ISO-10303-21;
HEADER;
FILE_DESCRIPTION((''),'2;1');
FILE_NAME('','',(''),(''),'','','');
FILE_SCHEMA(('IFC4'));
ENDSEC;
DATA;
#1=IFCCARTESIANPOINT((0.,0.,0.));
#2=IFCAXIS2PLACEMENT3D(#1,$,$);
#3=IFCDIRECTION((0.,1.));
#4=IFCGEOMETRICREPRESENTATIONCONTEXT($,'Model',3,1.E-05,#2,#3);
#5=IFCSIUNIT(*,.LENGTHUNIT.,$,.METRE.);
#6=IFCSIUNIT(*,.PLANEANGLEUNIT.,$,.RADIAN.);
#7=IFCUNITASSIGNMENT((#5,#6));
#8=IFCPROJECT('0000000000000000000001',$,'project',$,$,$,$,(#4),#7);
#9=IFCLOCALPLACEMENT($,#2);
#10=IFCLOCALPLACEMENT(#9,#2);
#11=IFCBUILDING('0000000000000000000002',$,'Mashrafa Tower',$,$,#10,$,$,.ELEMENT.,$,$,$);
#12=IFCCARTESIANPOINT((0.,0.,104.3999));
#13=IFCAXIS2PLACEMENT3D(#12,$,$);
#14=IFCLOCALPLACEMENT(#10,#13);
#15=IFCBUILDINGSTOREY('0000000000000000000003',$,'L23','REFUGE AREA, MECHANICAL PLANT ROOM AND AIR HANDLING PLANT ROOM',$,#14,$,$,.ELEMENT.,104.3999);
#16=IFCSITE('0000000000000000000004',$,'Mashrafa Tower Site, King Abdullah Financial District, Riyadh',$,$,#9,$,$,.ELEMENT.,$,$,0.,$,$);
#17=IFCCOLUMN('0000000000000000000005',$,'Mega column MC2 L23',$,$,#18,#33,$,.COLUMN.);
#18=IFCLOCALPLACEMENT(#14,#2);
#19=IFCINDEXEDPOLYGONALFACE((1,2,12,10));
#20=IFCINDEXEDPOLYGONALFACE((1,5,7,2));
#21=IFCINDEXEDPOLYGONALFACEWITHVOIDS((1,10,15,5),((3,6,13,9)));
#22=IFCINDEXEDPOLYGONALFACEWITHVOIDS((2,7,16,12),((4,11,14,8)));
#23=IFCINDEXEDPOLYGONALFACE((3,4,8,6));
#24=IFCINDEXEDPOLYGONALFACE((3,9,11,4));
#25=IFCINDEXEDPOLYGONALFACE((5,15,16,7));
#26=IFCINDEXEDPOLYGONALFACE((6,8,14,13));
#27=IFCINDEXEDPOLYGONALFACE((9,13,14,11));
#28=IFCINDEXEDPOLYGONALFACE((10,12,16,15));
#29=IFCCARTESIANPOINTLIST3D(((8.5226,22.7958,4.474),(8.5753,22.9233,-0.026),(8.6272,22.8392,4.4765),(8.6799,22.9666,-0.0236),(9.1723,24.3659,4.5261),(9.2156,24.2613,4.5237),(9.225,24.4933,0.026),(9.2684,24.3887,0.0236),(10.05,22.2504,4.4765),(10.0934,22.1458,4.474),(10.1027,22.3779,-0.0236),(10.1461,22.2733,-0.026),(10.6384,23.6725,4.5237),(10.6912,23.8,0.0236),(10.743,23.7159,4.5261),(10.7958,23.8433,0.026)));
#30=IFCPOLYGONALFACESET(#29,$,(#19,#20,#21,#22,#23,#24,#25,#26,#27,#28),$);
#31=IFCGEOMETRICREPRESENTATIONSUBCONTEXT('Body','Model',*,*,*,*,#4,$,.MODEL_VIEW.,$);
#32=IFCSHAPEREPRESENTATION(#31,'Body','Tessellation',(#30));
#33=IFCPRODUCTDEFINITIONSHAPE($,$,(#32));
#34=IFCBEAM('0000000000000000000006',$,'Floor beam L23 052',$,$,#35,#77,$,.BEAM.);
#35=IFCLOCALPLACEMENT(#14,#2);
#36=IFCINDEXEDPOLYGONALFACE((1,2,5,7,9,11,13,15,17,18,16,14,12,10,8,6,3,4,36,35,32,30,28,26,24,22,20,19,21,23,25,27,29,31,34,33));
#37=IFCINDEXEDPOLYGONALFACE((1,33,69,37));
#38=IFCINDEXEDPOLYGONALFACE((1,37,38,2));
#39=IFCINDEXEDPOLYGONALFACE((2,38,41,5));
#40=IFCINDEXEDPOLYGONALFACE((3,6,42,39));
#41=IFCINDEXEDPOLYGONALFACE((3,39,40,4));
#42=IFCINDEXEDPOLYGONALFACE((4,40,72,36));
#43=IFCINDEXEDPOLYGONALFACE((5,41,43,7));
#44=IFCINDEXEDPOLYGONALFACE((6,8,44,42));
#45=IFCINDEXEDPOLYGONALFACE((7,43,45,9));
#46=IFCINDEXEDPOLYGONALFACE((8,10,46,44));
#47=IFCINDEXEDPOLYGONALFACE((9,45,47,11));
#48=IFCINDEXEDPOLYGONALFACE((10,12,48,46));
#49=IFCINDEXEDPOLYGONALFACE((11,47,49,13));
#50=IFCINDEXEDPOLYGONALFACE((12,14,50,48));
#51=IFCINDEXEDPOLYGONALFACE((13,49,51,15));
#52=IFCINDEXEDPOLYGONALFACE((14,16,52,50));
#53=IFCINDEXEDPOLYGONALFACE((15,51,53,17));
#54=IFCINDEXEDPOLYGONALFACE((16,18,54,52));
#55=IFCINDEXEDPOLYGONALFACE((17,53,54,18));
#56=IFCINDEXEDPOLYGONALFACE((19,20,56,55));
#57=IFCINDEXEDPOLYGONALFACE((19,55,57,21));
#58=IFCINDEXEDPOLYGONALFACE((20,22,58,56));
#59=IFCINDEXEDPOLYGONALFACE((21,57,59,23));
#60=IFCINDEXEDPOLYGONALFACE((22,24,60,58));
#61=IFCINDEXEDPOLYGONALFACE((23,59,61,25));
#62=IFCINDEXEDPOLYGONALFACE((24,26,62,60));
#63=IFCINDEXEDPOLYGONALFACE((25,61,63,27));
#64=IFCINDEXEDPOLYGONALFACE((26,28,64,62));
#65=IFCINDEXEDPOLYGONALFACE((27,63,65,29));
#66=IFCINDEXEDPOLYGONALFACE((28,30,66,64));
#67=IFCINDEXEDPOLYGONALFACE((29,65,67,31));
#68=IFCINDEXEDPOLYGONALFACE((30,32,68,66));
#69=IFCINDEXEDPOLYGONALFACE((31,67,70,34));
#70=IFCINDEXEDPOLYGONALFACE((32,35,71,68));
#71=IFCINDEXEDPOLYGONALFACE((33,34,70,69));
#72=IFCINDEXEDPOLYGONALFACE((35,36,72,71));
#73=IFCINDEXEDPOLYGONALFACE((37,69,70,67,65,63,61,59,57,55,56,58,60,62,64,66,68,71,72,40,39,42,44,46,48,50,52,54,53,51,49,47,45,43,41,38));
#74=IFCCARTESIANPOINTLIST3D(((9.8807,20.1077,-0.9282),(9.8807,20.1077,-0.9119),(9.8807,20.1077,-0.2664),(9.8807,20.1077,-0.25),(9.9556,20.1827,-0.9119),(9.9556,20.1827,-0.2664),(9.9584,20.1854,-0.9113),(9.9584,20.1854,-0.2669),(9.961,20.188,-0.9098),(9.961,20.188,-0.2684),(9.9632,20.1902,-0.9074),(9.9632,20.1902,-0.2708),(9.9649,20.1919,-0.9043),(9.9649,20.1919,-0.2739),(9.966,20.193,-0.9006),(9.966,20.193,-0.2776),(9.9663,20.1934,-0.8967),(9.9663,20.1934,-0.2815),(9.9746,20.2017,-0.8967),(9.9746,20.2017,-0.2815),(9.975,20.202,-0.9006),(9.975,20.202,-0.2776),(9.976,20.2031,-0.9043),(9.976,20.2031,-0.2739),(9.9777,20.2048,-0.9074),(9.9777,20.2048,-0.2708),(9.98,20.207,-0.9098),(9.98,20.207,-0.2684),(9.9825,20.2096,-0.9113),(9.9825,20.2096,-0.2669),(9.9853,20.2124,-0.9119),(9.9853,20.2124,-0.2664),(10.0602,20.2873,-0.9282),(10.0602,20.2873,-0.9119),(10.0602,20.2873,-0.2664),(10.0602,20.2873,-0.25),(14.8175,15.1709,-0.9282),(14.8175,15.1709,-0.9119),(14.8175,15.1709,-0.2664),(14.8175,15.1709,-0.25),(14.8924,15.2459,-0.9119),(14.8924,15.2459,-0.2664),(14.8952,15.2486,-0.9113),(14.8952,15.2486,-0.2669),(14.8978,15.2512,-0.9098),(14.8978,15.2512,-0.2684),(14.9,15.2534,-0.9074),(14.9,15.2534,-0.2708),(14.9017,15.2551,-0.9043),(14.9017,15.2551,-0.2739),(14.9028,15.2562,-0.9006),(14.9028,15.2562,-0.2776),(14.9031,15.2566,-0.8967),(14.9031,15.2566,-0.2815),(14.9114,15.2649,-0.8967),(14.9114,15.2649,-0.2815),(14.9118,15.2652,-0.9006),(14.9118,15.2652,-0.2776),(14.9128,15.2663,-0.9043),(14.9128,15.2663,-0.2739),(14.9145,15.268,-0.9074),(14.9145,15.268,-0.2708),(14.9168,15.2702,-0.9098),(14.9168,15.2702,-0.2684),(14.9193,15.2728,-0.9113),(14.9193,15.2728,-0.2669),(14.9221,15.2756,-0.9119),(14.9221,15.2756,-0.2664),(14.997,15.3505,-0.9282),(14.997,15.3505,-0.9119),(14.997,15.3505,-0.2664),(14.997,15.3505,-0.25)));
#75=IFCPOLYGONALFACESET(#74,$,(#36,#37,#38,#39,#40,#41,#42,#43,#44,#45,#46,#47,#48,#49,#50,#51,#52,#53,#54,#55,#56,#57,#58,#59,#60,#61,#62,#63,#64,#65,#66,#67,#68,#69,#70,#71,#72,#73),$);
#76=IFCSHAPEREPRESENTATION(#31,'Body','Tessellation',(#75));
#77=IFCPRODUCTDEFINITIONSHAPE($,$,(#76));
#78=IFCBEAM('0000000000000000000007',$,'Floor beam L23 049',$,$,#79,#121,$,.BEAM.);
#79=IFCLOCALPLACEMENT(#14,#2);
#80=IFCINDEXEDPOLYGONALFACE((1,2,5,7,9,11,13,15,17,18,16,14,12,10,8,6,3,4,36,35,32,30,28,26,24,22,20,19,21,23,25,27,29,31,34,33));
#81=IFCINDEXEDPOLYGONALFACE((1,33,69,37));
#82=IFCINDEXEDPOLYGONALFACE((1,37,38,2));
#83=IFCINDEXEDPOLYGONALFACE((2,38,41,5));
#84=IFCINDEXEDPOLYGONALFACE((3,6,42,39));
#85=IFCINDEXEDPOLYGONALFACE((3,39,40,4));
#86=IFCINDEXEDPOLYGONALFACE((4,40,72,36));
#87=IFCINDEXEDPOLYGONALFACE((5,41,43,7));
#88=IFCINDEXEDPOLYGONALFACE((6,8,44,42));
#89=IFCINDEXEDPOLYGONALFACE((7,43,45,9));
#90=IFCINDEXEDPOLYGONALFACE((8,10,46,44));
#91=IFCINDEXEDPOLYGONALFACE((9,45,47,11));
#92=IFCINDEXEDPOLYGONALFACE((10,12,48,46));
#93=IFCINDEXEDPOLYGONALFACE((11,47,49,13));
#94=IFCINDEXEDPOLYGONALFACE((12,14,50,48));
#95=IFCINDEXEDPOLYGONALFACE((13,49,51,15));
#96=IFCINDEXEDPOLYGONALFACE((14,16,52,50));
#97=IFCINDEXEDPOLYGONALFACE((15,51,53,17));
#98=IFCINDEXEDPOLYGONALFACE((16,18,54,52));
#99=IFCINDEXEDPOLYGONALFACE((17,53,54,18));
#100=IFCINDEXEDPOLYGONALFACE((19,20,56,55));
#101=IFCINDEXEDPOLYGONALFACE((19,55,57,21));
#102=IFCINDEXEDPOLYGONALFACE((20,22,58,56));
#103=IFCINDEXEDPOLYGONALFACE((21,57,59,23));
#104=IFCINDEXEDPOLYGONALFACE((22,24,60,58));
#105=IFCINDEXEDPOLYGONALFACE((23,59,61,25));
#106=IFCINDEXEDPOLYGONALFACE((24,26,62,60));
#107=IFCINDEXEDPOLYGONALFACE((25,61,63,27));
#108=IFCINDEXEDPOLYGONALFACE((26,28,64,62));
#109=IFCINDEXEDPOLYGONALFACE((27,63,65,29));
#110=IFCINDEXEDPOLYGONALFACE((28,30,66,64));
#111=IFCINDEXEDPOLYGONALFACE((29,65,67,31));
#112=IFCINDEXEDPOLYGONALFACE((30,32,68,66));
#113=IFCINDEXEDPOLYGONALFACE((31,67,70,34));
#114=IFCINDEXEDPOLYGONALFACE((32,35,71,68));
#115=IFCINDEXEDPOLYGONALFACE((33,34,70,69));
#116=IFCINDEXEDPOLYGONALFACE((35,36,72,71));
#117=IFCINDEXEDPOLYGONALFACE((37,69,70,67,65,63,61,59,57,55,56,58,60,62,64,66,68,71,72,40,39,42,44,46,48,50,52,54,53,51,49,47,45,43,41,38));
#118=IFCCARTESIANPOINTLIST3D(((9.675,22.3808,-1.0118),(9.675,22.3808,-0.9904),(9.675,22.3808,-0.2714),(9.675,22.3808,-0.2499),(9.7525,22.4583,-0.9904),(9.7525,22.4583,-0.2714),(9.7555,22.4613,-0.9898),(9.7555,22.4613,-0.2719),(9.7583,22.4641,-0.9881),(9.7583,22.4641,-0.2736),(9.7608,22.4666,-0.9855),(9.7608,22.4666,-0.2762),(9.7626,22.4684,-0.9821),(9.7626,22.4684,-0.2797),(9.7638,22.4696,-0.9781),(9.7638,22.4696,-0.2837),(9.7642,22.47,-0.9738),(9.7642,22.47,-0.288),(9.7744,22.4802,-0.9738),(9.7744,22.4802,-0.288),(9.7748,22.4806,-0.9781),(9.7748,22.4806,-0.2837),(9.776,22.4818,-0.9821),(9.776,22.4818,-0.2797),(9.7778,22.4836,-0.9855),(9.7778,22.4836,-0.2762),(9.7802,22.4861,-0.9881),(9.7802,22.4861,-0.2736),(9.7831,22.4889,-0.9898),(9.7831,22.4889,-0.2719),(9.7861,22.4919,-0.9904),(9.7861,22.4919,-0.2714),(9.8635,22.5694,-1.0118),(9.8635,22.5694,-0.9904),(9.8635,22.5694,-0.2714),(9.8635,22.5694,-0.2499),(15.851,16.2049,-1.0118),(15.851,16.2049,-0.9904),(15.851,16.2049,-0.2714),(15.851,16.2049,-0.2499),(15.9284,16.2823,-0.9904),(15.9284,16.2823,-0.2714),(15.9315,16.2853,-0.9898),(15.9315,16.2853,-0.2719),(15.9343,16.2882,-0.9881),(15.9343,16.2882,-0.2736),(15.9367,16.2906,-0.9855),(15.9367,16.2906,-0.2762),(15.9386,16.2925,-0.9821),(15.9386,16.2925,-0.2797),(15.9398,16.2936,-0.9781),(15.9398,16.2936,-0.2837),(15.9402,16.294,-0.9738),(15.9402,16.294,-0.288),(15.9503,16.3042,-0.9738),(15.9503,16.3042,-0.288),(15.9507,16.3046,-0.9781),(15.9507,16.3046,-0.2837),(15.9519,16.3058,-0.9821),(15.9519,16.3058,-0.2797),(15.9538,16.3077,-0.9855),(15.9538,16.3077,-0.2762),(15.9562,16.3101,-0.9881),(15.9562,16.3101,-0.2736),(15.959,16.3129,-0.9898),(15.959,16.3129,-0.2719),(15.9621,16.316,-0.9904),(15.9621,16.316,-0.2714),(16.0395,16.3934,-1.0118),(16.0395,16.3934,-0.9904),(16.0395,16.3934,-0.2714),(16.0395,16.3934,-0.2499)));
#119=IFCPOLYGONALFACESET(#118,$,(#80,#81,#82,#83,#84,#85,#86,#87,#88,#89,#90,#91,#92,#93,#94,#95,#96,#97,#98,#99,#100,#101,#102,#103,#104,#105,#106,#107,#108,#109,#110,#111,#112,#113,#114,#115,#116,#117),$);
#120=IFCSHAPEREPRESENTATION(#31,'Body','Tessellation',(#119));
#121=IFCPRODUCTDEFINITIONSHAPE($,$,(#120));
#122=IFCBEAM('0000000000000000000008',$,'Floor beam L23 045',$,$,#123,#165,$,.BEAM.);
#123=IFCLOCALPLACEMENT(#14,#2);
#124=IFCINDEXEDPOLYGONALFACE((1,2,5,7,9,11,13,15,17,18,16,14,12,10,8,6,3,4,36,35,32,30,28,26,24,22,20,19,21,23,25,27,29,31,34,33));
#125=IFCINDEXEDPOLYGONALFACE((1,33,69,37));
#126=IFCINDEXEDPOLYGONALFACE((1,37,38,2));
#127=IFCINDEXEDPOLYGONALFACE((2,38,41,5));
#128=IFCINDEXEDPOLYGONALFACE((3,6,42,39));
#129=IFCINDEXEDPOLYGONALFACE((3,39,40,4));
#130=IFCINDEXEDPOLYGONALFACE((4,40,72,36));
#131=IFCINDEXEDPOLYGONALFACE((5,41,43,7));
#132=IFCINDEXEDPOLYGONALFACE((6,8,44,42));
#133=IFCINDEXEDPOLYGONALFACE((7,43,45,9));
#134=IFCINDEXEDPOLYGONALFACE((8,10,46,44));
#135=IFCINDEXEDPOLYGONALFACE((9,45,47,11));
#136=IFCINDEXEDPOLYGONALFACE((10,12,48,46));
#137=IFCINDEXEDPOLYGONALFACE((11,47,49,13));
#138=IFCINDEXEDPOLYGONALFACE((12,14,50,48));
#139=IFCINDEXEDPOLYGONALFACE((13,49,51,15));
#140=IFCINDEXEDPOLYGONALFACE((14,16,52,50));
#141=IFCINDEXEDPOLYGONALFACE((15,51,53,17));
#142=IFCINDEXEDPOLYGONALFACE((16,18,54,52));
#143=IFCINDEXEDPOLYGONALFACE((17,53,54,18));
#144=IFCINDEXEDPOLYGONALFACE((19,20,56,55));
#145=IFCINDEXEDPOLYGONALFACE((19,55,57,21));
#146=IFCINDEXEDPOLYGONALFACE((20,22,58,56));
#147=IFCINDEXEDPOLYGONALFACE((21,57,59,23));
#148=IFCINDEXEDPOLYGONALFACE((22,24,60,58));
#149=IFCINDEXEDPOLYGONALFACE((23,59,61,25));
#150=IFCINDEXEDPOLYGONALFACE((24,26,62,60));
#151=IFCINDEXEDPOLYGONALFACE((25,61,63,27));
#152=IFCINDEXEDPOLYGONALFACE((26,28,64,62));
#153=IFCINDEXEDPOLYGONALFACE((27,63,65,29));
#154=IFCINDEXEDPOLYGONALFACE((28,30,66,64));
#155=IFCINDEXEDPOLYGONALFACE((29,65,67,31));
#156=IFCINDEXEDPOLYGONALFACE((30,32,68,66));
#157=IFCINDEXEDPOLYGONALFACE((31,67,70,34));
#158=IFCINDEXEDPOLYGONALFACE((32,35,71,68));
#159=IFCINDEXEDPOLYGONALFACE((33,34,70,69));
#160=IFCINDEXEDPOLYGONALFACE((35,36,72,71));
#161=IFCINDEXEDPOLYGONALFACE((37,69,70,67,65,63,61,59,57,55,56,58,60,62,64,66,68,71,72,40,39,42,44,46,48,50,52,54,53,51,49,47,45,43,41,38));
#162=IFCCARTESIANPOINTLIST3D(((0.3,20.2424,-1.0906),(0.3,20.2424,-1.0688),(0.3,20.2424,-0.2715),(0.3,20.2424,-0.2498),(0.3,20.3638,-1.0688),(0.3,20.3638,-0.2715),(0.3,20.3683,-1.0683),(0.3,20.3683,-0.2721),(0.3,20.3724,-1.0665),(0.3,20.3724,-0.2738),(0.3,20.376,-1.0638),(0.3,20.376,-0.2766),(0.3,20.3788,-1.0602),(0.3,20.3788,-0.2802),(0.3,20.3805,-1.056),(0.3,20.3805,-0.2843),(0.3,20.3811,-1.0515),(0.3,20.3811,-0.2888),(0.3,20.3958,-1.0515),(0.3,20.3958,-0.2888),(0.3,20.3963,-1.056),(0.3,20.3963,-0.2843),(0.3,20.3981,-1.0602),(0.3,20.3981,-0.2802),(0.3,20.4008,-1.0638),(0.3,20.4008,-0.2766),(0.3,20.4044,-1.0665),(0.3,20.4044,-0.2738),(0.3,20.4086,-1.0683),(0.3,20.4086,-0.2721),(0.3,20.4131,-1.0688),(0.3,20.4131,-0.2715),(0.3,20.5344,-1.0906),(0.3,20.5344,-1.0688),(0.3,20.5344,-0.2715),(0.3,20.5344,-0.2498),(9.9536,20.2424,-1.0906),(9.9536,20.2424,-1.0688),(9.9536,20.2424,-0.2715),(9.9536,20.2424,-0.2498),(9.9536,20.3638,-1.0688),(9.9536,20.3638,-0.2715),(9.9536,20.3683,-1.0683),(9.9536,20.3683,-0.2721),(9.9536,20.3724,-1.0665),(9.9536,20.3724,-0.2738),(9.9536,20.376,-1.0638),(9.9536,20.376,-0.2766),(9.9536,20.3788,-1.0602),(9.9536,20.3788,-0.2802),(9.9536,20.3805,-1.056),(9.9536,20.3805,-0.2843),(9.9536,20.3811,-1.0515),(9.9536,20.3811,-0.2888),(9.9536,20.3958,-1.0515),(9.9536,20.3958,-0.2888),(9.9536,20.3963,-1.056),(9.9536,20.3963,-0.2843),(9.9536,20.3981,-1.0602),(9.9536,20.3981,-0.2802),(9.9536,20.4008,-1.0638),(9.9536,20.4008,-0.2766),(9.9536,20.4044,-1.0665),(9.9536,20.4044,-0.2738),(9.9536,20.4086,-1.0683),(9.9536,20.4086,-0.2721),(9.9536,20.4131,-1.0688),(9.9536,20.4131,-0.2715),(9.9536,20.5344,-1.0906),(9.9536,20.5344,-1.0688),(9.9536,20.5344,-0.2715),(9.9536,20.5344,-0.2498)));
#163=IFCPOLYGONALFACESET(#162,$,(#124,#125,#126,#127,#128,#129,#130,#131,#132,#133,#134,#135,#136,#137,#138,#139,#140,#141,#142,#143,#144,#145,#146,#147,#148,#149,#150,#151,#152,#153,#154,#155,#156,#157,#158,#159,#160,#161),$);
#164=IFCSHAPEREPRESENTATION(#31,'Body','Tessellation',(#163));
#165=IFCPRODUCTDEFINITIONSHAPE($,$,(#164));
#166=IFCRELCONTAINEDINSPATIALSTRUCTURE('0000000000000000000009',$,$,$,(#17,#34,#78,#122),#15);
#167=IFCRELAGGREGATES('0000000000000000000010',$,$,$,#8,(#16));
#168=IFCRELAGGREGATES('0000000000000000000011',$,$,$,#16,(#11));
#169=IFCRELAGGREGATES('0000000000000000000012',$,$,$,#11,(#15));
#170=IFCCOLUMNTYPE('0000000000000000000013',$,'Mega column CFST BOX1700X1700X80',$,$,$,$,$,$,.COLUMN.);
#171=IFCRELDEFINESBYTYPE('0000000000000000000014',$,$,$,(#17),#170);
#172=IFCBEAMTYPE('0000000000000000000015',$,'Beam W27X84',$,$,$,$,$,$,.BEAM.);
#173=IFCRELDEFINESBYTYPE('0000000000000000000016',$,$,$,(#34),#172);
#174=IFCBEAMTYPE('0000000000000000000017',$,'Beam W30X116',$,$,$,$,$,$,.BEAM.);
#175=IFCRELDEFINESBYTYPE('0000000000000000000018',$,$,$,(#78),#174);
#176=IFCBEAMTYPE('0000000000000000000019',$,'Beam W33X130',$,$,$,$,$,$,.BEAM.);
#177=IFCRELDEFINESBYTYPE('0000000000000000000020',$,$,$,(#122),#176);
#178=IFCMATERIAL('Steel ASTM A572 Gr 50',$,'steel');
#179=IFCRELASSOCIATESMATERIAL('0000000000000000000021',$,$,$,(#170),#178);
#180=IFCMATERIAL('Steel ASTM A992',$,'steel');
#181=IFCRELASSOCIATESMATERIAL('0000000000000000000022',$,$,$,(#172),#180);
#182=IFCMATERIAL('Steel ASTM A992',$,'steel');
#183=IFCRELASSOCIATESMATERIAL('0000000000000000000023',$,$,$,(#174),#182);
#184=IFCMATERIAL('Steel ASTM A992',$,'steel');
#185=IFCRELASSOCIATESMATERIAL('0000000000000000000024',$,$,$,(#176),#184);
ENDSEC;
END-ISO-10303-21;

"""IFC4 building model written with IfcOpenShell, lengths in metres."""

from ifc_helpers import new_model, si_unit, direction, frame, origin, origin_2d, place, context, subcontext, project, spatial, hollow_rectangle, i_section, extrude, material, material_profile, profile_set, type_object, element, save


model = new_model("IFC4")

# Units and contexts
model_context = context("Model", 3, precision=1e-05, world=origin(), true_north=direction((0.0, 1.0)))
body_context = subcontext(model_context, "Body", "Model", "MODEL_VIEW")
ifc_project = project(units=[si_unit("LENGTHUNIT", "METRE"), si_unit("PLANEANGLEUNIT", "RADIAN")], contexts=[model_context])

# Site, building, storey
site_placement = place(None, origin())
site = spatial("IfcSite", under=ifc_project, at=site_placement, Name="Mashrafa Tower Site, King Abdullah Financial District, Riyadh", CompositionType="ELEMENT", RefElevation=0.0)
building_placement = place(site_placement, origin())
building = spatial("IfcBuilding", under=site, at=building_placement, Name="Mashrafa Tower", CompositionType="ELEMENT")
storey_placement = place(building_placement, frame((0.0, 0.0, 104.3999)))
storey = spatial("IfcBuildingStorey", under=building, at=storey_placement, Name="L23", Description="REFUGE AREA, MECHANICAL PLANT ROOM AND AIR HANDLING PLANT ROOM", CompositionType="ELEMENT", Elevation=104.3999)

# Column
ifc_material_1 = material(Name="Steel ASTM A572 Gr 50", Category="steel")
ifc_material_profile_1 = material_profile(ifc_material_1, hollow_rectangle(XDim=1.7, YDim=1.7, WallThickness=0.0801, at=origin_2d()), Name="BOX1700X1700X80")
ifc_profile_set_1 = profile_set([ifc_material_profile_1], Name="Steel ASTM A572 Gr 50")
column_type = type_object("IfcColumnType", Name="Mega column CFST BOX1700X1700X80", PredefinedType="COLUMN", material=ifc_profile_set_1)
column_placement = place(storey_placement, frame((9.6855, 23.3833, 0.0), z_axis=(-0.011713, -0.028307, 0.999531), x_axis=(0.924017, -0.382352, 0.0)))
element("IfcColumn", 1, at=column_placement, inside=storey, type_object=column_type, Name="Mega column MC2 L23", PredefinedType="COLUMN", context=body_context, shape_type="SweptSolid", body=[
    extrude(hollow_rectangle(XDim=1.7, YDim=1.7, WallThickness=0.0801, at=origin_2d()), origin(), (0.0, 0.0, 1.0), 4.5022),
])

# Beams
ifc_material_2 = material(Name="Steel ASTM A992", Category="steel")
ifc_material_profile_2 = material_profile(ifc_material_2, i_section(OverallWidth=0.2539, OverallDepth=0.6782, WebThickness=0.0117, FlangeThickness=0.0164, FilletRadius=0.0151, at=origin_2d()), Name="W27X84")
ifc_profile_set_2 = profile_set([ifc_material_profile_2], Name="Steel ASTM A992")
beam_type_1 = type_object("IfcBeamType", Name="Beam W27X84", PredefinedType="BEAM", material=ifc_profile_set_2)
beam_1_placement = place(storey_placement, frame((9.9705, 20.1975, -0.5891), z_axis=(0.707107, -0.707107, 0.0), x_axis=(0.707107, 0.707107, 0.0)))
element("IfcBeam", 2, at=beam_1_placement, inside=storey, type_object=beam_type_1, Name="Floor beam L23 052", PredefinedType="BEAM", context=body_context, shape_type="SweptSolid", body=[
    extrude(i_section(OverallWidth=0.2539, OverallDepth=0.6782, WebThickness=0.0117, FlangeThickness=0.0164, FilletRadius=0.0151, at=origin_2d()), origin(), (0.0, 0.0, 1.0), 6.9817),
])
ifc_material_3 = material(Name="Steel ASTM A992", Category="steel")
ifc_material_profile_3 = material_profile(ifc_material_3, i_section(OverallWidth=0.2666, OverallDepth=0.762, WebThickness=0.0144, FlangeThickness=0.0215, FilletRadius=0.0166, at=origin_2d()), Name="W30X116")
ifc_profile_set_3 = profile_set([ifc_material_profile_3], Name="Steel ASTM A992")
beam_type_2 = type_object("IfcBeamType", Name="Beam W30X116", PredefinedType="BEAM", material=ifc_profile_set_3)
beam_2_placement = place(storey_placement, frame((9.7693, 22.4751, -0.6309), z_axis=(0.707107, -0.707107, 0.0), x_axis=(0.707107, 0.707107, 0.0)))
element("IfcBeam", 3, at=beam_2_placement, inside=storey, type_object=beam_type_2, Name="Floor beam L23 049", PredefinedType="BEAM", context=body_context, shape_type="SweptSolid", body=[
    extrude(i_section(OverallWidth=0.2666, OverallDepth=0.762, WebThickness=0.0144, FlangeThickness=0.0215, FilletRadius=0.0166, at=origin_2d()), origin(), (0.0, 0.0, 1.0), 8.7341),
])
ifc_material_4 = material(Name="Steel ASTM A992", Category="steel")
ifc_material_profile_4 = material_profile(ifc_material_4, i_section(OverallWidth=0.292, OverallDepth=0.8408, WebThickness=0.0146, FlangeThickness=0.0217, FilletRadius=0.0173, at=origin_2d()), Name="W33X130")
ifc_profile_set_4 = profile_set([ifc_material_profile_4], Name="Steel ASTM A992")
beam_type_3 = type_object("IfcBeamType", Name="Beam W33X130", PredefinedType="BEAM", material=ifc_profile_set_4)
beam_3_placement = place(storey_placement, frame((0.3, 20.3884, -0.6702), z_axis=(1.0, 0.0, 0.0), x_axis=(0.0, 1.0, 0.0)))
element("IfcBeam", 4, at=beam_3_placement, inside=storey, type_object=beam_type_3, Name="Floor beam L23 045", PredefinedType="BEAM", context=body_context, shape_type="SweptSolid", body=[
    extrude(i_section(OverallWidth=0.292, OverallDepth=0.8408, WebThickness=0.0146, FlangeThickness=0.0217, FilletRadius=0.0173, at=origin_2d()), origin(), (0.0, 0.0, 1.0), 9.6536),
])

save(model, "model.ifc")
